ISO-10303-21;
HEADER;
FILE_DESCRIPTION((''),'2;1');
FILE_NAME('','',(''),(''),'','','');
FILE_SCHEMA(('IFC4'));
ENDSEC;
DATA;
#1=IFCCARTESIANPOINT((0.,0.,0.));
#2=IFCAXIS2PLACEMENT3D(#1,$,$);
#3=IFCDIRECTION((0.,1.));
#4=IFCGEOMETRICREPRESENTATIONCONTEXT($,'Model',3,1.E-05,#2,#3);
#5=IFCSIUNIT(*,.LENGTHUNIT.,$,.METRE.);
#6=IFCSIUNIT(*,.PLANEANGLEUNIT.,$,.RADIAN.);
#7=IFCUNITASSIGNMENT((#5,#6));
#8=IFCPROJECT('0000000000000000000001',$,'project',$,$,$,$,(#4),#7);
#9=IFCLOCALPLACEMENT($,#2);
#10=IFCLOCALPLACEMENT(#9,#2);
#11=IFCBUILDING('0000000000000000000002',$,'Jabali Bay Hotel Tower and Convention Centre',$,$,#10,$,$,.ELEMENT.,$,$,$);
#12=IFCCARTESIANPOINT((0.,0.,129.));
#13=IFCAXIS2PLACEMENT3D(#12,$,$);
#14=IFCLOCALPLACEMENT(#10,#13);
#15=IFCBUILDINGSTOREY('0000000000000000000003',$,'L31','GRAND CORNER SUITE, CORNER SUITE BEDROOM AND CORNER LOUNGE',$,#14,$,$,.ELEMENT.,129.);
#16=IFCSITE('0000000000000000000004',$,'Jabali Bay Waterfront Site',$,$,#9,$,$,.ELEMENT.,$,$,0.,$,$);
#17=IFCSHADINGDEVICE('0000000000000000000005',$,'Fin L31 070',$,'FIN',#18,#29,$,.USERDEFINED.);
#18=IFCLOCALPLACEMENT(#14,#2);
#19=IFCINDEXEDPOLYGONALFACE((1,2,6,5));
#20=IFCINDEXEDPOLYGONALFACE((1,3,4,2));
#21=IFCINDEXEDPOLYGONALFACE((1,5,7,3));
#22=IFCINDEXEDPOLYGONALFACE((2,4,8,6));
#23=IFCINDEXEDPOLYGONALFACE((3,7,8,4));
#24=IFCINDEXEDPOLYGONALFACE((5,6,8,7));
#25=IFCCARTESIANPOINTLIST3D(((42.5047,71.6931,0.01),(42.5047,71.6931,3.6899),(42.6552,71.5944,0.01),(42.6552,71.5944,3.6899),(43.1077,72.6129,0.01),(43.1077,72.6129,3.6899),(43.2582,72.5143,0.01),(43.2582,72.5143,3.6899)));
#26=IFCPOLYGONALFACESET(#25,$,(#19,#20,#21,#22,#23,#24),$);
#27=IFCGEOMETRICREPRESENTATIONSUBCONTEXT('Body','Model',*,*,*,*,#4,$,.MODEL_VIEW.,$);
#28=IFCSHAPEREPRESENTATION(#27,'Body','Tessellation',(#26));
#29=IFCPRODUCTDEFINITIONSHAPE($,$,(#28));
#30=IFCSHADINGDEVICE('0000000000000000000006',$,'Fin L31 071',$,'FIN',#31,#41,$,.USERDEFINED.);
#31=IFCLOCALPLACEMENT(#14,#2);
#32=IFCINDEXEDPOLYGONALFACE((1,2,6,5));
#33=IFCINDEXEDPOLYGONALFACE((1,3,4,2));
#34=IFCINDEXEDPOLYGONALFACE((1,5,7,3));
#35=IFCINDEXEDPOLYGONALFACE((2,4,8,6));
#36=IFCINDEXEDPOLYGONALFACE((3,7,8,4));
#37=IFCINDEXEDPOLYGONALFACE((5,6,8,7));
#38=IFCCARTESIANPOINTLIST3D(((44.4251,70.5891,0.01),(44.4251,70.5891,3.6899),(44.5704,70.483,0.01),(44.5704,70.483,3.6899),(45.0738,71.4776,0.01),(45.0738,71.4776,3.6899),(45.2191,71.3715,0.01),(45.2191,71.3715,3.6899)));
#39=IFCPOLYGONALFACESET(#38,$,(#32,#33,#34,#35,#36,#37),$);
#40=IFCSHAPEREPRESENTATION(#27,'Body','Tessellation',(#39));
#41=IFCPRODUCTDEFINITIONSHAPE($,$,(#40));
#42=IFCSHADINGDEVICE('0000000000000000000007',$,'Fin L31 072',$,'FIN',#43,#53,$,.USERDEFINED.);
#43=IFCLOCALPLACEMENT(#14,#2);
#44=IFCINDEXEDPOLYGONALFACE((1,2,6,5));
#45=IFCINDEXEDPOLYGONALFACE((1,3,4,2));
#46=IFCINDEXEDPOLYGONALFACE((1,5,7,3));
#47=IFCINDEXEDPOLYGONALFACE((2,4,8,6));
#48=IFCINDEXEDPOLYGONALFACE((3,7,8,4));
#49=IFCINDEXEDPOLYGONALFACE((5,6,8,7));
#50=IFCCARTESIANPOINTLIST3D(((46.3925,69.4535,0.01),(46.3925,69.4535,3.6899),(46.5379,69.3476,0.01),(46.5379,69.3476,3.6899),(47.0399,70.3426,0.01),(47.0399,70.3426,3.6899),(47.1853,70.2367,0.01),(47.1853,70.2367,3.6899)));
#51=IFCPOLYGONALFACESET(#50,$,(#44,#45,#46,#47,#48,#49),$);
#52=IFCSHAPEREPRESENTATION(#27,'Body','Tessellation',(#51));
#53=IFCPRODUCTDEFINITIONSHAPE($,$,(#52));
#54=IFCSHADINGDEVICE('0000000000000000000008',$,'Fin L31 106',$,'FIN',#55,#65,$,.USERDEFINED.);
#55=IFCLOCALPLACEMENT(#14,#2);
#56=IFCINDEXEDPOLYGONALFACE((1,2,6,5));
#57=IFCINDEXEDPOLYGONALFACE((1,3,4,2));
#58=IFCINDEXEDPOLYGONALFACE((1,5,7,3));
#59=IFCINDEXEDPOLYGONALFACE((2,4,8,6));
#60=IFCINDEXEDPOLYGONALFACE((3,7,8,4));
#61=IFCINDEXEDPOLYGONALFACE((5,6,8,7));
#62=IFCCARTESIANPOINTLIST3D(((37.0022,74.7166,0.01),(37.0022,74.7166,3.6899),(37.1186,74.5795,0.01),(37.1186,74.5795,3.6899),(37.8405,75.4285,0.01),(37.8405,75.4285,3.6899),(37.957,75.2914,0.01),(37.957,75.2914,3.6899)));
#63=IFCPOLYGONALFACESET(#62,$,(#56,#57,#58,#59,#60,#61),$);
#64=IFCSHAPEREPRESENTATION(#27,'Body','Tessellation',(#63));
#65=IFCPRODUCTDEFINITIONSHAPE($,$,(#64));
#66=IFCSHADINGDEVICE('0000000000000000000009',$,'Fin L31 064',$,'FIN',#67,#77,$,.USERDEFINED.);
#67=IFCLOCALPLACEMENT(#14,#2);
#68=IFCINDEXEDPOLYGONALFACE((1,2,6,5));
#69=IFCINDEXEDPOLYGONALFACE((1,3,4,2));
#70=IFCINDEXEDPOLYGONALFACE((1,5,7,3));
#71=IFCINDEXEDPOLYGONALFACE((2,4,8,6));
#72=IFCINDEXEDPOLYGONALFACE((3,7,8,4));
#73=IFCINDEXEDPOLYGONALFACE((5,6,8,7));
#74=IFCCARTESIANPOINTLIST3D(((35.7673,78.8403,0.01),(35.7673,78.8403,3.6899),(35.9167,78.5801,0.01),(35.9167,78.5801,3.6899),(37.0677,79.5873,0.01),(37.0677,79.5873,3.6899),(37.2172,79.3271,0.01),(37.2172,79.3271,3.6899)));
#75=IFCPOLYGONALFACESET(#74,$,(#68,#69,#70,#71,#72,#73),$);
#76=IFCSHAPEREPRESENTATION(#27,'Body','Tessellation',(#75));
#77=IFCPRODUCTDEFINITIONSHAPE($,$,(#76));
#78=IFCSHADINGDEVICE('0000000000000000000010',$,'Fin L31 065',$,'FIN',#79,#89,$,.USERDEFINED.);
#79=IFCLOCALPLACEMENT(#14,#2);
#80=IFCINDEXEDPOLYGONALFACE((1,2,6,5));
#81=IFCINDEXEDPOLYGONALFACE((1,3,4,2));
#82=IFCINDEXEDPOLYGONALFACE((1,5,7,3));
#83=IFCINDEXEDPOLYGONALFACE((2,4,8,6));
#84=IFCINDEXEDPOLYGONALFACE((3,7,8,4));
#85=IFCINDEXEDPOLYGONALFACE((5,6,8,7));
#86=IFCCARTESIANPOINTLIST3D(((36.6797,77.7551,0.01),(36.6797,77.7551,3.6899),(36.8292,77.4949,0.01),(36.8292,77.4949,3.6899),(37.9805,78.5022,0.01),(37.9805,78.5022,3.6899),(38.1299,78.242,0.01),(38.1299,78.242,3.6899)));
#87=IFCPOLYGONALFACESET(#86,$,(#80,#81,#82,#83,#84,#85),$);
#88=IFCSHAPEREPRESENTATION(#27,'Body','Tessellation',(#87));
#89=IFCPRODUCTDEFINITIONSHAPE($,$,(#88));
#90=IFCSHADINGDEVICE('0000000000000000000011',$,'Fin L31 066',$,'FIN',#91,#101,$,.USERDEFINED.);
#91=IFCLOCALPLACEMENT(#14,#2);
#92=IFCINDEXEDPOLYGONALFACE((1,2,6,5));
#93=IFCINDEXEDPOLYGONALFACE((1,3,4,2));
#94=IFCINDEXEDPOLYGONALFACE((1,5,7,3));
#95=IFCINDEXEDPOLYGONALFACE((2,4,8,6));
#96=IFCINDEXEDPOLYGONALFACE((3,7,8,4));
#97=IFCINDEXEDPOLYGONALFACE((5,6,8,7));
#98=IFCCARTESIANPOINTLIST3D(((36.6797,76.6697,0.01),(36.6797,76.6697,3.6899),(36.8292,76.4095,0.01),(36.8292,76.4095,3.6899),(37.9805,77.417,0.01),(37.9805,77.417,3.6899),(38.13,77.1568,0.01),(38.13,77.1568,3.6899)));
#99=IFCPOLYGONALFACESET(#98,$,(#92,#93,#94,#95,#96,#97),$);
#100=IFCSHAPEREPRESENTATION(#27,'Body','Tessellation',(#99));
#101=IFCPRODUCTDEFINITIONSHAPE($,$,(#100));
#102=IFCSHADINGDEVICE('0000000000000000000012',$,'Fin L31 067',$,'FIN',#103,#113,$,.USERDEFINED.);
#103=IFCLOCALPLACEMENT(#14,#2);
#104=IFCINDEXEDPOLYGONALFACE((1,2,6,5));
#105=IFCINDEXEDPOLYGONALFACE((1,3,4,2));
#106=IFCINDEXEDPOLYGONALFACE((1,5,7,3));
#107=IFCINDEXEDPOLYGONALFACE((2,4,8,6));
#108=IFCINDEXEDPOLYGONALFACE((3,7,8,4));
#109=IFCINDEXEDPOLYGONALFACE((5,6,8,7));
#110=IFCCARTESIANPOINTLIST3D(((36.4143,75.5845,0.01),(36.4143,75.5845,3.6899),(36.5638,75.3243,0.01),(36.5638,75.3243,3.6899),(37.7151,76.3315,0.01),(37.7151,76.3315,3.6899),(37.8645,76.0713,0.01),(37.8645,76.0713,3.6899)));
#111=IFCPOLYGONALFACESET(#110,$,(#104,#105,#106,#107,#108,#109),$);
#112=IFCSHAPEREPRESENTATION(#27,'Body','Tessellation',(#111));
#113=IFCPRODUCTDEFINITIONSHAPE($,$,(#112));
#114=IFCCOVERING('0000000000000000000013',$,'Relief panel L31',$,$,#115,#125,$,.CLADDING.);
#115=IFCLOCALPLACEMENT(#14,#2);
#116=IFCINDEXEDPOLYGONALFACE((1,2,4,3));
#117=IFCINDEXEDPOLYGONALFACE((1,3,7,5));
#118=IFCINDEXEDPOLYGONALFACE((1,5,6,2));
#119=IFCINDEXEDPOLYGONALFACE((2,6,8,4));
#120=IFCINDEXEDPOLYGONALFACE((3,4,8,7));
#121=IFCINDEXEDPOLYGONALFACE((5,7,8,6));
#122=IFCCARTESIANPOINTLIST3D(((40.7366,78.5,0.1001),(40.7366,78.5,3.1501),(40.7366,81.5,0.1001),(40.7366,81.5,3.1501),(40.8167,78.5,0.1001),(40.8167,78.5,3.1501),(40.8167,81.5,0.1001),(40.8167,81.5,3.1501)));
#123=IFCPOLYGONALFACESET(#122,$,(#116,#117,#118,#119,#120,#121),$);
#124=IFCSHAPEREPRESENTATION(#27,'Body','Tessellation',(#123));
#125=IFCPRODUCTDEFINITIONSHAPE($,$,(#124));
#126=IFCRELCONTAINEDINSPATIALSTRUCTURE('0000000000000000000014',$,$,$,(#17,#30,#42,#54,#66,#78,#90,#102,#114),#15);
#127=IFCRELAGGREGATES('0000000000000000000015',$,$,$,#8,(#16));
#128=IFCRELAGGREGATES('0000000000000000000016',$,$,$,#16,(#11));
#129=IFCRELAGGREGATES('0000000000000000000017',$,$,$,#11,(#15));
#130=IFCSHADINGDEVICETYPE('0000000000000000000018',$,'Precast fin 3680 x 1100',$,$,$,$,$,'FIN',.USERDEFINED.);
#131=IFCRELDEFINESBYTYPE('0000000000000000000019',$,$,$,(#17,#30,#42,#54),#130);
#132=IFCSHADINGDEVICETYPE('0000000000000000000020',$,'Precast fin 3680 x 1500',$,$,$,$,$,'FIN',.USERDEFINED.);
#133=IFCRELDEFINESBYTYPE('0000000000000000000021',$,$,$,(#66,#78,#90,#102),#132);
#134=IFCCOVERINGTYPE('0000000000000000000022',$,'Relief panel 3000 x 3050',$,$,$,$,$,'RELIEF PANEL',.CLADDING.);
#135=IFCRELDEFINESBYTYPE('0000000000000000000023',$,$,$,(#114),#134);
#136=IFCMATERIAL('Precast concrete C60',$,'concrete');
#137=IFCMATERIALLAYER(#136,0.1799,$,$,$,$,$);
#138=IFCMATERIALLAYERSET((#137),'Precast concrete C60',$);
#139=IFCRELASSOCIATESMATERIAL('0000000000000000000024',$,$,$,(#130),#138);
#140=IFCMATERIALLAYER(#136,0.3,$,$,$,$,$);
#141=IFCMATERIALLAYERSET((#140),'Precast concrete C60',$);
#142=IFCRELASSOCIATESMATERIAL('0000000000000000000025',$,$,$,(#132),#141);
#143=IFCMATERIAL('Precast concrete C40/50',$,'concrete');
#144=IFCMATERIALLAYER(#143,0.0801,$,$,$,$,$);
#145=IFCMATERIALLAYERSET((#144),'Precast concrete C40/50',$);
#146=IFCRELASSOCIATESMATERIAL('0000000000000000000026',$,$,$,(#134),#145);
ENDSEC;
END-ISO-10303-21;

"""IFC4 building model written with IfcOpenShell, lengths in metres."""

from ifc_helpers import new_model, si_unit, direction, frame, frame_2d, origin, origin_2d, place, context, subcontext, project, spatial, rectangle, extrude, material, layer, layer_set, type_object, element, save


model = new_model("IFC4")

# Units and contexts
model_context = context("Model", 3, precision=1e-05, world=origin(), true_north=direction((0.0, 1.0)))
body_context = subcontext(model_context, "Body", "Model", "MODEL_VIEW")
ifc_project = project(units=[si_unit("LENGTHUNIT", "METRE"), si_unit("PLANEANGLEUNIT", "RADIAN")], contexts=[model_context])

# Site, building, storey
site_placement = place(None, origin())
site = spatial("IfcSite", under=ifc_project, at=site_placement, Name="Jabali Bay Waterfront Site", CompositionType="ELEMENT", RefElevation=0.0)
building_placement = place(site_placement, origin())
building = spatial("IfcBuilding", under=site, at=building_placement, Name="Jabali Bay Hotel Tower and Convention Centre", CompositionType="ELEMENT")
storey_placement = place(building_placement, frame((0.0, 0.0, 129.0)))
storey = spatial("IfcBuildingStorey", under=building, at=storey_placement, Name="L31", Description="GRAND CORNER SUITE, CORNER SUITE BEDROOM AND CORNER LOUNGE", CompositionType="ELEMENT", Elevation=129.0)

# Shading devices
ifc_material_1 = material(Name="Precast concrete C60", Category="concrete")
ifc_layer_1 = layer(ifc_material_1, 0.1799)
ifc_layer_set_1 = layer_set([ifc_layer_1], Name="Precast concrete C60")
shading_device_type_1 = type_object("IfcShadingDeviceType", Name="Precast fin 3680 x 1100", ElementType="FIN", PredefinedType="USERDEFINED", material=ifc_layer_set_1)
shading_device_1_placement = place(storey_placement, frame((43.1829, 72.5635, 0.01), z_axis=(0.0, 0.0, 1.0), x_axis=(-0.54823, -0.836328, 0.0)))
element("IfcShadingDevice", 1, at=shading_device_1_placement, inside=storey, type_object=shading_device_type_1, Name="Fin L31 070", ObjectType="FIN", PredefinedType="USERDEFINED", context=body_context, shape_type="SweptSolid", body=[
    extrude(rectangle(XDim=1.0999, YDim=0.1799, at=frame_2d((0.5498, 0.0))), origin(), (0.0, 0.0, 1.0), 3.6799),
])
shading_device_2_placement = place(storey_placement, frame((45.1465, 71.4246, 0.01), z_axis=(0.0, 0.0, 1.0), x_axis=(-0.589688, -0.807631, 0.0)))
element("IfcShadingDevice", 2, at=shading_device_2_placement, inside=storey, type_object=shading_device_type_1, Name="Fin L31 071", ObjectType="FIN", PredefinedType="USERDEFINED", context=body_context, shape_type="SweptSolid", body=[
    extrude(rectangle(XDim=1.1001, YDim=0.1799, at=frame_2d((0.55, 0.0))), origin(), (0.0, 0.0, 1.0), 3.6799),
])
for number, where, z_axis, x_axis, name in (
    (3, (47.1125, 70.2896, 0.01), (0.0, 0.0, 1.0), (-0.588647, -0.80839, 0.0), "Fin L31 072"),
    (4, (37.8987, 75.3599, 0.01), (0.0, 0.0, 1.0), (-0.762257, -0.647275, 0.0), "Fin L31 106"),
):
    element("IfcShadingDevice", number, at=place(storey_placement, frame(where, z_axis=z_axis, x_axis=x_axis)), inside=storey, type_object=shading_device_type_1, Name=name, ObjectType="FIN", PredefinedType="USERDEFINED", context=body_context, shape_type="SweptSolid", body=[
        extrude(rectangle(XDim=1.0999, YDim=0.1799, at=frame_2d((0.5498, 0.0))), origin(), (0.0, 0.0, 1.0), 3.6799),
    ])
ifc_layer_2 = layer(ifc_material_1, 0.3)
ifc_layer_set_2 = layer_set([ifc_layer_2], Name="Precast concrete C60")
shading_device_type_2 = type_object("IfcShadingDeviceType", Name="Precast fin 3680 x 1500", ElementType="FIN", PredefinedType="USERDEFINED", material=ifc_layer_set_2)
shading_device_3_placement = place(storey_placement, frame((37.1426, 79.4573, 0.01), z_axis=(0.0, 0.0, 1.0), x_axis=(-0.867119, -0.498101, 0.0)))
element("IfcShadingDevice", 5, at=shading_device_3_placement, inside=storey, type_object=shading_device_type_2, Name="Fin L31 064", ObjectType="FIN", PredefinedType="USERDEFINED", context=body_context, shape_type="SweptSolid", body=[
    extrude(rectangle(XDim=1.4998, YDim=0.3, at=frame_2d((0.75, 0.0))), origin(), (0.0, 0.0, 1.0), 3.6799),
])
shading_device_4_placement = place(storey_placement, frame((38.0552, 78.3721, 0.01), z_axis=(0.0, 0.0, 1.0), x_axis=(-0.867159, -0.498031, 0.0)))
element("IfcShadingDevice", 6, at=shading_device_4_placement, inside=storey, type_object=shading_device_type_2, Name="Fin L31 065", ObjectType="FIN", PredefinedType="USERDEFINED", context=body_context, shape_type="SweptSolid", body=[
    extrude(rectangle(XDim=1.5, YDim=0.3, at=frame_2d((0.75, 0.0))), origin(), (0.0, 0.0, 1.0), 3.6799),
])
shading_device_5_placement = place(storey_placement, frame((38.0552, 77.2869, 0.01), z_axis=(0.0, 0.0, 1.0), x_axis=(-0.867089, -0.498153, 0.0)))
element("IfcShadingDevice", 7, at=shading_device_5_placement, inside=storey, type_object=shading_device_type_2, Name="Fin L31 066", ObjectType="FIN", PredefinedType="USERDEFINED", context=body_context, shape_type="SweptSolid", body=[
    extrude(rectangle(XDim=1.5002, YDim=0.3, at=frame_2d((0.75, 0.0))), origin(), (0.0, 0.0, 1.0), 3.6799),
])
shading_device_6_placement = place(storey_placement, frame((37.7898, 76.2014, 0.01), z_axis=(0.0, 0.0, 1.0), x_axis=(-0.867159, -0.498031, 0.0)))
element("IfcShadingDevice", 8, at=shading_device_6_placement, inside=storey, type_object=shading_device_type_2, Name="Fin L31 067", ObjectType="FIN", PredefinedType="USERDEFINED", context=body_context, shape_type="SweptSolid", body=[
    extrude(rectangle(XDim=1.5, YDim=0.3, at=frame_2d((0.75, 0.0))), origin(), (0.0, 0.0, 1.0), 3.6799),
])

# Covering
ifc_material_2 = material(Name="Precast concrete C40/50", Category="concrete")
ifc_layer_3 = layer(ifc_material_2, 0.0801)
ifc_layer_set_3 = layer_set([ifc_layer_3], Name="Precast concrete C40/50")
covering_type = type_object("IfcCoveringType", Name="Relief panel 3000 x 3050", ElementType="RELIEF PANEL", PredefinedType="CLADDING", material=ifc_layer_set_3)
covering_placement = place(storey_placement, frame((40.7766, 80.0, 0.1001), z_axis=(0.0, 0.0, 1.0), x_axis=(0.0, 1.0, 0.0)))
element("IfcCovering", 9, at=covering_placement, inside=storey, type_object=covering_type, Name="Relief panel L31", PredefinedType="CLADDING", context=body_context, shape_type="SweptSolid", body=[
    extrude(rectangle(XDim=3.0, YDim=0.0801, at=origin_2d()), origin(), (0.0, 0.0, 1.0), 3.05),
])

save(model, "model.ifc")
